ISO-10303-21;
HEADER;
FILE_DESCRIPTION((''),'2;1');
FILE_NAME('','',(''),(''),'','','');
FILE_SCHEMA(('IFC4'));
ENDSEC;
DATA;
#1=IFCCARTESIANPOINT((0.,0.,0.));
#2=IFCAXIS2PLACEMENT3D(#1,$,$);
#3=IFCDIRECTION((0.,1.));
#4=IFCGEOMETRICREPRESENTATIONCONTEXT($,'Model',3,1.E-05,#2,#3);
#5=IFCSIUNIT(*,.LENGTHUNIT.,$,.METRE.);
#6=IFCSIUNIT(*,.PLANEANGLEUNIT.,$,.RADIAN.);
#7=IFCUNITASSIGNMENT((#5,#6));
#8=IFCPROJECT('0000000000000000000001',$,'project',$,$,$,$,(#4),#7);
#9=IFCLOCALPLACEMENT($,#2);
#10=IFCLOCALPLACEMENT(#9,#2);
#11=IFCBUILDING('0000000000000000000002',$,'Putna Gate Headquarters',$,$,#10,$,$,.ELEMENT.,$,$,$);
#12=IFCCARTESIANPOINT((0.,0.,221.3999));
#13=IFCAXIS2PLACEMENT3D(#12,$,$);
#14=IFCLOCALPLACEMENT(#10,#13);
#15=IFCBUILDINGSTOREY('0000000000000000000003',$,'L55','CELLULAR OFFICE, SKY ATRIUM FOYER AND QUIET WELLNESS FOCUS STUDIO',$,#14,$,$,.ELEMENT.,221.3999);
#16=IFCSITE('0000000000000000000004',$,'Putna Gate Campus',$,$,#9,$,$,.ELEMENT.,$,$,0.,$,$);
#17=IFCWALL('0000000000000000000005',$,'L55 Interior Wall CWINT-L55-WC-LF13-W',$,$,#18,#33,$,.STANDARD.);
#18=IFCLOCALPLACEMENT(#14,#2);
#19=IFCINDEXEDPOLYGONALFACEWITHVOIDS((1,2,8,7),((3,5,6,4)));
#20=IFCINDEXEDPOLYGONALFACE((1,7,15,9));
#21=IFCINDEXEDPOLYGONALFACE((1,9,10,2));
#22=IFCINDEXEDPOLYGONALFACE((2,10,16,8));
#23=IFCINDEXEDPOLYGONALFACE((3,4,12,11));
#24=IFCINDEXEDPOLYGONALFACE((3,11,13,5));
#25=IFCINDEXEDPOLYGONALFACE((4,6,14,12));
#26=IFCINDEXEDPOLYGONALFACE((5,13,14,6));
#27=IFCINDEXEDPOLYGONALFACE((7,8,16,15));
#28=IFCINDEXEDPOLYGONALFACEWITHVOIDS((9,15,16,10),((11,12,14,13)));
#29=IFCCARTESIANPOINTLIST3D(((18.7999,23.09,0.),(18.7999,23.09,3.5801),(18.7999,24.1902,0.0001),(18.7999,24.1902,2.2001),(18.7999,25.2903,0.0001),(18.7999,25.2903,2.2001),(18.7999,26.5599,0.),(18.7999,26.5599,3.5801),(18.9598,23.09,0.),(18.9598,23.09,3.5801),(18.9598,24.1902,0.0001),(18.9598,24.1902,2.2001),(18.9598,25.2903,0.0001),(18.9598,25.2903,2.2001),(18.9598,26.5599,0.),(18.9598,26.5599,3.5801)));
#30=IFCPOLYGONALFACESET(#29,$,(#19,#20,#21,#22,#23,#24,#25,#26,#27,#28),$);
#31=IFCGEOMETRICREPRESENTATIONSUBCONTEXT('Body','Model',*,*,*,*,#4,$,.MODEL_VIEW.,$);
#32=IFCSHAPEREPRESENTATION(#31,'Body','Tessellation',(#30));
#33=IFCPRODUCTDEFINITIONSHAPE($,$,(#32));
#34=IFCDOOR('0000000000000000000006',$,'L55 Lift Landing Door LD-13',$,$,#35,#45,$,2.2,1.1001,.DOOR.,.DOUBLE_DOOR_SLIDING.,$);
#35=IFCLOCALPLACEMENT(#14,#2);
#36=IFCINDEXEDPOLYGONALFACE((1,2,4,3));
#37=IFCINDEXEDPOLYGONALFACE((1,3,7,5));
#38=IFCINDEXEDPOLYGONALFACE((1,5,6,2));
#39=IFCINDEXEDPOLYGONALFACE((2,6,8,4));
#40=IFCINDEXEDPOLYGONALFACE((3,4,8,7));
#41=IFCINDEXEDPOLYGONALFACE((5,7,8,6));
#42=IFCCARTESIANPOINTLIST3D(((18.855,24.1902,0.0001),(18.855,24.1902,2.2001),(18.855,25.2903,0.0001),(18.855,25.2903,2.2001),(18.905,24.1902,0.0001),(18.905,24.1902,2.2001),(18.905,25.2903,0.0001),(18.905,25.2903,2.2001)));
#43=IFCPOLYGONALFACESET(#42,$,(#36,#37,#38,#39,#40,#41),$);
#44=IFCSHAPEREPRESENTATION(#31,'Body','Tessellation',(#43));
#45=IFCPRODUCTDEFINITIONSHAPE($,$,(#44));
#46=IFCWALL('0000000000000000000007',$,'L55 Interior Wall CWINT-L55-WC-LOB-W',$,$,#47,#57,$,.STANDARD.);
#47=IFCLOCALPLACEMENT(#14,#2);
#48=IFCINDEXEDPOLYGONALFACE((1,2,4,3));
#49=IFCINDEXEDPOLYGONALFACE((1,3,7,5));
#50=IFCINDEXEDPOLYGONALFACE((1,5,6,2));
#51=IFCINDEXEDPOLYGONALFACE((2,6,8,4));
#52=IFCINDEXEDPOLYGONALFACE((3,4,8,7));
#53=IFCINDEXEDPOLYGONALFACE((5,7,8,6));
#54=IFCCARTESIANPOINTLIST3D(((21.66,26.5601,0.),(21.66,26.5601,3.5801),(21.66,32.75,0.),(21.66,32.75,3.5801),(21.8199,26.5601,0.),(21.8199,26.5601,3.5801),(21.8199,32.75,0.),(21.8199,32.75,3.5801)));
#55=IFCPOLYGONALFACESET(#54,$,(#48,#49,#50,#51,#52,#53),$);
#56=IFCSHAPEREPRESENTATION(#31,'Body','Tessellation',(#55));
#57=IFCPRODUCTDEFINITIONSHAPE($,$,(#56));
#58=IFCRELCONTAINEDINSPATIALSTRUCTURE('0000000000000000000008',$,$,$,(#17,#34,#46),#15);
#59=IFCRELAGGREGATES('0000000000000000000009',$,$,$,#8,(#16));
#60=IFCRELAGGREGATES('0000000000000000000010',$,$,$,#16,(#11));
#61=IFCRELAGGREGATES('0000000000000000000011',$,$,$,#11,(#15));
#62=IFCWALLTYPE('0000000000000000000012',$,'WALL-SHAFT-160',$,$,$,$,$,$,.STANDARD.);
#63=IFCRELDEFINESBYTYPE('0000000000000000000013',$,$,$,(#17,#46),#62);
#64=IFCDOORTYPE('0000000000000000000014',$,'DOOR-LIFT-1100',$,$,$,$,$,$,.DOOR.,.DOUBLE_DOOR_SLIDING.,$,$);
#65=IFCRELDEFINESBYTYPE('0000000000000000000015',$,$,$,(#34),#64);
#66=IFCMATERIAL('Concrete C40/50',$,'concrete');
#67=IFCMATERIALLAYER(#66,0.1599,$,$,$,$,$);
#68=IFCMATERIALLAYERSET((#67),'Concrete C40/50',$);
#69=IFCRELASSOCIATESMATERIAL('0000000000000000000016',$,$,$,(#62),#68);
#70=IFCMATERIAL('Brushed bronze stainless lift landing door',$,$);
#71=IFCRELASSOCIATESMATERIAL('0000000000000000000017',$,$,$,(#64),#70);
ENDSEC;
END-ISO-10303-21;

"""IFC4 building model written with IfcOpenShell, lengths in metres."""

from ifc_helpers import new_model, si_unit, direction, frame, frame_2d, origin, place, context, subcontext, project, spatial, rectangle, extrude, material, layer, layer_set, type_object, element, fill, save


model = new_model("IFC4")

# Units and contexts
model_context = context("Model", 3, precision=1e-05, world=origin(), true_north=direction((0.0, 1.0)))
body_context = subcontext(model_context, "Body", "Model", "MODEL_VIEW")
ifc_project = project(units=[si_unit("LENGTHUNIT", "METRE"), si_unit("PLANEANGLEUNIT", "RADIAN")], contexts=[model_context])

# Site, building, storey
site_placement = place(None, origin())
site = spatial("IfcSite", under=ifc_project, at=site_placement, Name="Putna Gate Campus", CompositionType="ELEMENT", RefElevation=0.0)
building_placement = place(site_placement, origin())
building = spatial("IfcBuilding", under=site, at=building_placement, Name="Putna Gate Headquarters", CompositionType="ELEMENT")
storey_placement = place(building_placement, frame((0.0, 0.0, 221.3999)))
storey = spatial("IfcBuildingStorey", under=building, at=storey_placement, Name="L55", Description="CELLULAR OFFICE, SKY ATRIUM FOYER AND QUIET WELLNESS FOCUS STUDIO", CompositionType="ELEMENT", Elevation=221.3999)

# Shared definitions
ifc_material_1 = material(Name="Concrete C40/50", Category="concrete")
ifc_layer_1 = layer(ifc_material_1, 0.1599)
ifc_layer_set_1 = layer_set([ifc_layer_1], Name="Concrete C40/50")
wall_type_1 = type_object("IfcWallType", Name="WALL-SHAFT-160", PredefinedType="STANDARD", material=ifc_layer_set_1)

# Wall, opening, door
wall_1_placement = place(storey_placement, frame((18.8799, 23.0901, 0.0), z_axis=(0.0, 0.0, 1.0), x_axis=(0.0, 1.0, 0.0)))
wall_1 = element("IfcWall", 1, at=wall_1_placement, inside=storey, type_object=wall_type_1, Name="L55 Interior Wall CWINT-L55-WC-LF13-W", PredefinedType="STANDARD", context=body_context, shape_type="SweptSolid", body=[
    extrude(rectangle(XDim=3.47, YDim=0.1599, at=frame_2d((1.7349, 0.0))), origin(), (0.0, 0.0, 1.0), 3.5801),
])
opening_1_placement = place(wall_1_placement, frame((1.1001, 0.0, 0.0)))
opening_1 = element("IfcOpeningElement", 2, at=opening_1_placement, cuts=wall_1, PredefinedType="OPENING", context=body_context, shape_type="SweptSolid", body=[
    extrude(rectangle(XDim=1.1001, YDim=2.2, at=frame_2d((0.55, 1.1001))), frame((0.0, 0.0898, 0.0), z_axis=(0.0, -1.0, 0.0), x_axis=(1.0, 0.0, 0.0)), (0.0, 0.0, 1.0), 0.1799),
])
ifc_material_2 = material(Name="Brushed bronze stainless lift landing door")
door_type_1 = type_object("IfcDoorType", Name="DOOR-LIFT-1100", OperationType="DOUBLE_DOOR_SLIDING", PredefinedType="DOOR", material=ifc_material_2)
door_1_placement = place(opening_1_placement, origin())
door_1 = element("IfcDoor", 3, at=door_1_placement, inside=storey, type_object=door_type_1, Name="L55 Lift Landing Door LD-13", OperationType="DOUBLE_DOOR_SLIDING", OverallHeight=2.2, OverallWidth=1.1001, PredefinedType="DOOR", context=body_context, shape_type="SweptSolid", body=[
    extrude(rectangle(XDim=1.1001, YDim=2.2, at=frame_2d((0.55, 1.1001))), frame((0.0, 0.0249, 0.0), z_axis=(0.0, -1.0, 0.0), x_axis=(1.0, 0.0, 0.0)), (0.0, 0.0, 1.0), 0.05),
])
fill(opening_1, door_1)

# Wall
wall_2_placement = place(storey_placement, frame((21.74, 26.5601, 0.0), z_axis=(0.0, 0.0, 1.0), x_axis=(0.0, 1.0, 0.0)))
element("IfcWall", 4, at=wall_2_placement, inside=storey, type_object=wall_type_1, Name="L55 Interior Wall CWINT-L55-WC-LOB-W", PredefinedType="STANDARD", context=body_context, shape_type="SweptSolid", body=[
    extrude(rectangle(XDim=6.1899, YDim=0.1599, at=frame_2d((3.095, 0.0))), origin(), (0.0, 0.0, 1.0), 3.5801),
])

save(model, "model.ifc")
